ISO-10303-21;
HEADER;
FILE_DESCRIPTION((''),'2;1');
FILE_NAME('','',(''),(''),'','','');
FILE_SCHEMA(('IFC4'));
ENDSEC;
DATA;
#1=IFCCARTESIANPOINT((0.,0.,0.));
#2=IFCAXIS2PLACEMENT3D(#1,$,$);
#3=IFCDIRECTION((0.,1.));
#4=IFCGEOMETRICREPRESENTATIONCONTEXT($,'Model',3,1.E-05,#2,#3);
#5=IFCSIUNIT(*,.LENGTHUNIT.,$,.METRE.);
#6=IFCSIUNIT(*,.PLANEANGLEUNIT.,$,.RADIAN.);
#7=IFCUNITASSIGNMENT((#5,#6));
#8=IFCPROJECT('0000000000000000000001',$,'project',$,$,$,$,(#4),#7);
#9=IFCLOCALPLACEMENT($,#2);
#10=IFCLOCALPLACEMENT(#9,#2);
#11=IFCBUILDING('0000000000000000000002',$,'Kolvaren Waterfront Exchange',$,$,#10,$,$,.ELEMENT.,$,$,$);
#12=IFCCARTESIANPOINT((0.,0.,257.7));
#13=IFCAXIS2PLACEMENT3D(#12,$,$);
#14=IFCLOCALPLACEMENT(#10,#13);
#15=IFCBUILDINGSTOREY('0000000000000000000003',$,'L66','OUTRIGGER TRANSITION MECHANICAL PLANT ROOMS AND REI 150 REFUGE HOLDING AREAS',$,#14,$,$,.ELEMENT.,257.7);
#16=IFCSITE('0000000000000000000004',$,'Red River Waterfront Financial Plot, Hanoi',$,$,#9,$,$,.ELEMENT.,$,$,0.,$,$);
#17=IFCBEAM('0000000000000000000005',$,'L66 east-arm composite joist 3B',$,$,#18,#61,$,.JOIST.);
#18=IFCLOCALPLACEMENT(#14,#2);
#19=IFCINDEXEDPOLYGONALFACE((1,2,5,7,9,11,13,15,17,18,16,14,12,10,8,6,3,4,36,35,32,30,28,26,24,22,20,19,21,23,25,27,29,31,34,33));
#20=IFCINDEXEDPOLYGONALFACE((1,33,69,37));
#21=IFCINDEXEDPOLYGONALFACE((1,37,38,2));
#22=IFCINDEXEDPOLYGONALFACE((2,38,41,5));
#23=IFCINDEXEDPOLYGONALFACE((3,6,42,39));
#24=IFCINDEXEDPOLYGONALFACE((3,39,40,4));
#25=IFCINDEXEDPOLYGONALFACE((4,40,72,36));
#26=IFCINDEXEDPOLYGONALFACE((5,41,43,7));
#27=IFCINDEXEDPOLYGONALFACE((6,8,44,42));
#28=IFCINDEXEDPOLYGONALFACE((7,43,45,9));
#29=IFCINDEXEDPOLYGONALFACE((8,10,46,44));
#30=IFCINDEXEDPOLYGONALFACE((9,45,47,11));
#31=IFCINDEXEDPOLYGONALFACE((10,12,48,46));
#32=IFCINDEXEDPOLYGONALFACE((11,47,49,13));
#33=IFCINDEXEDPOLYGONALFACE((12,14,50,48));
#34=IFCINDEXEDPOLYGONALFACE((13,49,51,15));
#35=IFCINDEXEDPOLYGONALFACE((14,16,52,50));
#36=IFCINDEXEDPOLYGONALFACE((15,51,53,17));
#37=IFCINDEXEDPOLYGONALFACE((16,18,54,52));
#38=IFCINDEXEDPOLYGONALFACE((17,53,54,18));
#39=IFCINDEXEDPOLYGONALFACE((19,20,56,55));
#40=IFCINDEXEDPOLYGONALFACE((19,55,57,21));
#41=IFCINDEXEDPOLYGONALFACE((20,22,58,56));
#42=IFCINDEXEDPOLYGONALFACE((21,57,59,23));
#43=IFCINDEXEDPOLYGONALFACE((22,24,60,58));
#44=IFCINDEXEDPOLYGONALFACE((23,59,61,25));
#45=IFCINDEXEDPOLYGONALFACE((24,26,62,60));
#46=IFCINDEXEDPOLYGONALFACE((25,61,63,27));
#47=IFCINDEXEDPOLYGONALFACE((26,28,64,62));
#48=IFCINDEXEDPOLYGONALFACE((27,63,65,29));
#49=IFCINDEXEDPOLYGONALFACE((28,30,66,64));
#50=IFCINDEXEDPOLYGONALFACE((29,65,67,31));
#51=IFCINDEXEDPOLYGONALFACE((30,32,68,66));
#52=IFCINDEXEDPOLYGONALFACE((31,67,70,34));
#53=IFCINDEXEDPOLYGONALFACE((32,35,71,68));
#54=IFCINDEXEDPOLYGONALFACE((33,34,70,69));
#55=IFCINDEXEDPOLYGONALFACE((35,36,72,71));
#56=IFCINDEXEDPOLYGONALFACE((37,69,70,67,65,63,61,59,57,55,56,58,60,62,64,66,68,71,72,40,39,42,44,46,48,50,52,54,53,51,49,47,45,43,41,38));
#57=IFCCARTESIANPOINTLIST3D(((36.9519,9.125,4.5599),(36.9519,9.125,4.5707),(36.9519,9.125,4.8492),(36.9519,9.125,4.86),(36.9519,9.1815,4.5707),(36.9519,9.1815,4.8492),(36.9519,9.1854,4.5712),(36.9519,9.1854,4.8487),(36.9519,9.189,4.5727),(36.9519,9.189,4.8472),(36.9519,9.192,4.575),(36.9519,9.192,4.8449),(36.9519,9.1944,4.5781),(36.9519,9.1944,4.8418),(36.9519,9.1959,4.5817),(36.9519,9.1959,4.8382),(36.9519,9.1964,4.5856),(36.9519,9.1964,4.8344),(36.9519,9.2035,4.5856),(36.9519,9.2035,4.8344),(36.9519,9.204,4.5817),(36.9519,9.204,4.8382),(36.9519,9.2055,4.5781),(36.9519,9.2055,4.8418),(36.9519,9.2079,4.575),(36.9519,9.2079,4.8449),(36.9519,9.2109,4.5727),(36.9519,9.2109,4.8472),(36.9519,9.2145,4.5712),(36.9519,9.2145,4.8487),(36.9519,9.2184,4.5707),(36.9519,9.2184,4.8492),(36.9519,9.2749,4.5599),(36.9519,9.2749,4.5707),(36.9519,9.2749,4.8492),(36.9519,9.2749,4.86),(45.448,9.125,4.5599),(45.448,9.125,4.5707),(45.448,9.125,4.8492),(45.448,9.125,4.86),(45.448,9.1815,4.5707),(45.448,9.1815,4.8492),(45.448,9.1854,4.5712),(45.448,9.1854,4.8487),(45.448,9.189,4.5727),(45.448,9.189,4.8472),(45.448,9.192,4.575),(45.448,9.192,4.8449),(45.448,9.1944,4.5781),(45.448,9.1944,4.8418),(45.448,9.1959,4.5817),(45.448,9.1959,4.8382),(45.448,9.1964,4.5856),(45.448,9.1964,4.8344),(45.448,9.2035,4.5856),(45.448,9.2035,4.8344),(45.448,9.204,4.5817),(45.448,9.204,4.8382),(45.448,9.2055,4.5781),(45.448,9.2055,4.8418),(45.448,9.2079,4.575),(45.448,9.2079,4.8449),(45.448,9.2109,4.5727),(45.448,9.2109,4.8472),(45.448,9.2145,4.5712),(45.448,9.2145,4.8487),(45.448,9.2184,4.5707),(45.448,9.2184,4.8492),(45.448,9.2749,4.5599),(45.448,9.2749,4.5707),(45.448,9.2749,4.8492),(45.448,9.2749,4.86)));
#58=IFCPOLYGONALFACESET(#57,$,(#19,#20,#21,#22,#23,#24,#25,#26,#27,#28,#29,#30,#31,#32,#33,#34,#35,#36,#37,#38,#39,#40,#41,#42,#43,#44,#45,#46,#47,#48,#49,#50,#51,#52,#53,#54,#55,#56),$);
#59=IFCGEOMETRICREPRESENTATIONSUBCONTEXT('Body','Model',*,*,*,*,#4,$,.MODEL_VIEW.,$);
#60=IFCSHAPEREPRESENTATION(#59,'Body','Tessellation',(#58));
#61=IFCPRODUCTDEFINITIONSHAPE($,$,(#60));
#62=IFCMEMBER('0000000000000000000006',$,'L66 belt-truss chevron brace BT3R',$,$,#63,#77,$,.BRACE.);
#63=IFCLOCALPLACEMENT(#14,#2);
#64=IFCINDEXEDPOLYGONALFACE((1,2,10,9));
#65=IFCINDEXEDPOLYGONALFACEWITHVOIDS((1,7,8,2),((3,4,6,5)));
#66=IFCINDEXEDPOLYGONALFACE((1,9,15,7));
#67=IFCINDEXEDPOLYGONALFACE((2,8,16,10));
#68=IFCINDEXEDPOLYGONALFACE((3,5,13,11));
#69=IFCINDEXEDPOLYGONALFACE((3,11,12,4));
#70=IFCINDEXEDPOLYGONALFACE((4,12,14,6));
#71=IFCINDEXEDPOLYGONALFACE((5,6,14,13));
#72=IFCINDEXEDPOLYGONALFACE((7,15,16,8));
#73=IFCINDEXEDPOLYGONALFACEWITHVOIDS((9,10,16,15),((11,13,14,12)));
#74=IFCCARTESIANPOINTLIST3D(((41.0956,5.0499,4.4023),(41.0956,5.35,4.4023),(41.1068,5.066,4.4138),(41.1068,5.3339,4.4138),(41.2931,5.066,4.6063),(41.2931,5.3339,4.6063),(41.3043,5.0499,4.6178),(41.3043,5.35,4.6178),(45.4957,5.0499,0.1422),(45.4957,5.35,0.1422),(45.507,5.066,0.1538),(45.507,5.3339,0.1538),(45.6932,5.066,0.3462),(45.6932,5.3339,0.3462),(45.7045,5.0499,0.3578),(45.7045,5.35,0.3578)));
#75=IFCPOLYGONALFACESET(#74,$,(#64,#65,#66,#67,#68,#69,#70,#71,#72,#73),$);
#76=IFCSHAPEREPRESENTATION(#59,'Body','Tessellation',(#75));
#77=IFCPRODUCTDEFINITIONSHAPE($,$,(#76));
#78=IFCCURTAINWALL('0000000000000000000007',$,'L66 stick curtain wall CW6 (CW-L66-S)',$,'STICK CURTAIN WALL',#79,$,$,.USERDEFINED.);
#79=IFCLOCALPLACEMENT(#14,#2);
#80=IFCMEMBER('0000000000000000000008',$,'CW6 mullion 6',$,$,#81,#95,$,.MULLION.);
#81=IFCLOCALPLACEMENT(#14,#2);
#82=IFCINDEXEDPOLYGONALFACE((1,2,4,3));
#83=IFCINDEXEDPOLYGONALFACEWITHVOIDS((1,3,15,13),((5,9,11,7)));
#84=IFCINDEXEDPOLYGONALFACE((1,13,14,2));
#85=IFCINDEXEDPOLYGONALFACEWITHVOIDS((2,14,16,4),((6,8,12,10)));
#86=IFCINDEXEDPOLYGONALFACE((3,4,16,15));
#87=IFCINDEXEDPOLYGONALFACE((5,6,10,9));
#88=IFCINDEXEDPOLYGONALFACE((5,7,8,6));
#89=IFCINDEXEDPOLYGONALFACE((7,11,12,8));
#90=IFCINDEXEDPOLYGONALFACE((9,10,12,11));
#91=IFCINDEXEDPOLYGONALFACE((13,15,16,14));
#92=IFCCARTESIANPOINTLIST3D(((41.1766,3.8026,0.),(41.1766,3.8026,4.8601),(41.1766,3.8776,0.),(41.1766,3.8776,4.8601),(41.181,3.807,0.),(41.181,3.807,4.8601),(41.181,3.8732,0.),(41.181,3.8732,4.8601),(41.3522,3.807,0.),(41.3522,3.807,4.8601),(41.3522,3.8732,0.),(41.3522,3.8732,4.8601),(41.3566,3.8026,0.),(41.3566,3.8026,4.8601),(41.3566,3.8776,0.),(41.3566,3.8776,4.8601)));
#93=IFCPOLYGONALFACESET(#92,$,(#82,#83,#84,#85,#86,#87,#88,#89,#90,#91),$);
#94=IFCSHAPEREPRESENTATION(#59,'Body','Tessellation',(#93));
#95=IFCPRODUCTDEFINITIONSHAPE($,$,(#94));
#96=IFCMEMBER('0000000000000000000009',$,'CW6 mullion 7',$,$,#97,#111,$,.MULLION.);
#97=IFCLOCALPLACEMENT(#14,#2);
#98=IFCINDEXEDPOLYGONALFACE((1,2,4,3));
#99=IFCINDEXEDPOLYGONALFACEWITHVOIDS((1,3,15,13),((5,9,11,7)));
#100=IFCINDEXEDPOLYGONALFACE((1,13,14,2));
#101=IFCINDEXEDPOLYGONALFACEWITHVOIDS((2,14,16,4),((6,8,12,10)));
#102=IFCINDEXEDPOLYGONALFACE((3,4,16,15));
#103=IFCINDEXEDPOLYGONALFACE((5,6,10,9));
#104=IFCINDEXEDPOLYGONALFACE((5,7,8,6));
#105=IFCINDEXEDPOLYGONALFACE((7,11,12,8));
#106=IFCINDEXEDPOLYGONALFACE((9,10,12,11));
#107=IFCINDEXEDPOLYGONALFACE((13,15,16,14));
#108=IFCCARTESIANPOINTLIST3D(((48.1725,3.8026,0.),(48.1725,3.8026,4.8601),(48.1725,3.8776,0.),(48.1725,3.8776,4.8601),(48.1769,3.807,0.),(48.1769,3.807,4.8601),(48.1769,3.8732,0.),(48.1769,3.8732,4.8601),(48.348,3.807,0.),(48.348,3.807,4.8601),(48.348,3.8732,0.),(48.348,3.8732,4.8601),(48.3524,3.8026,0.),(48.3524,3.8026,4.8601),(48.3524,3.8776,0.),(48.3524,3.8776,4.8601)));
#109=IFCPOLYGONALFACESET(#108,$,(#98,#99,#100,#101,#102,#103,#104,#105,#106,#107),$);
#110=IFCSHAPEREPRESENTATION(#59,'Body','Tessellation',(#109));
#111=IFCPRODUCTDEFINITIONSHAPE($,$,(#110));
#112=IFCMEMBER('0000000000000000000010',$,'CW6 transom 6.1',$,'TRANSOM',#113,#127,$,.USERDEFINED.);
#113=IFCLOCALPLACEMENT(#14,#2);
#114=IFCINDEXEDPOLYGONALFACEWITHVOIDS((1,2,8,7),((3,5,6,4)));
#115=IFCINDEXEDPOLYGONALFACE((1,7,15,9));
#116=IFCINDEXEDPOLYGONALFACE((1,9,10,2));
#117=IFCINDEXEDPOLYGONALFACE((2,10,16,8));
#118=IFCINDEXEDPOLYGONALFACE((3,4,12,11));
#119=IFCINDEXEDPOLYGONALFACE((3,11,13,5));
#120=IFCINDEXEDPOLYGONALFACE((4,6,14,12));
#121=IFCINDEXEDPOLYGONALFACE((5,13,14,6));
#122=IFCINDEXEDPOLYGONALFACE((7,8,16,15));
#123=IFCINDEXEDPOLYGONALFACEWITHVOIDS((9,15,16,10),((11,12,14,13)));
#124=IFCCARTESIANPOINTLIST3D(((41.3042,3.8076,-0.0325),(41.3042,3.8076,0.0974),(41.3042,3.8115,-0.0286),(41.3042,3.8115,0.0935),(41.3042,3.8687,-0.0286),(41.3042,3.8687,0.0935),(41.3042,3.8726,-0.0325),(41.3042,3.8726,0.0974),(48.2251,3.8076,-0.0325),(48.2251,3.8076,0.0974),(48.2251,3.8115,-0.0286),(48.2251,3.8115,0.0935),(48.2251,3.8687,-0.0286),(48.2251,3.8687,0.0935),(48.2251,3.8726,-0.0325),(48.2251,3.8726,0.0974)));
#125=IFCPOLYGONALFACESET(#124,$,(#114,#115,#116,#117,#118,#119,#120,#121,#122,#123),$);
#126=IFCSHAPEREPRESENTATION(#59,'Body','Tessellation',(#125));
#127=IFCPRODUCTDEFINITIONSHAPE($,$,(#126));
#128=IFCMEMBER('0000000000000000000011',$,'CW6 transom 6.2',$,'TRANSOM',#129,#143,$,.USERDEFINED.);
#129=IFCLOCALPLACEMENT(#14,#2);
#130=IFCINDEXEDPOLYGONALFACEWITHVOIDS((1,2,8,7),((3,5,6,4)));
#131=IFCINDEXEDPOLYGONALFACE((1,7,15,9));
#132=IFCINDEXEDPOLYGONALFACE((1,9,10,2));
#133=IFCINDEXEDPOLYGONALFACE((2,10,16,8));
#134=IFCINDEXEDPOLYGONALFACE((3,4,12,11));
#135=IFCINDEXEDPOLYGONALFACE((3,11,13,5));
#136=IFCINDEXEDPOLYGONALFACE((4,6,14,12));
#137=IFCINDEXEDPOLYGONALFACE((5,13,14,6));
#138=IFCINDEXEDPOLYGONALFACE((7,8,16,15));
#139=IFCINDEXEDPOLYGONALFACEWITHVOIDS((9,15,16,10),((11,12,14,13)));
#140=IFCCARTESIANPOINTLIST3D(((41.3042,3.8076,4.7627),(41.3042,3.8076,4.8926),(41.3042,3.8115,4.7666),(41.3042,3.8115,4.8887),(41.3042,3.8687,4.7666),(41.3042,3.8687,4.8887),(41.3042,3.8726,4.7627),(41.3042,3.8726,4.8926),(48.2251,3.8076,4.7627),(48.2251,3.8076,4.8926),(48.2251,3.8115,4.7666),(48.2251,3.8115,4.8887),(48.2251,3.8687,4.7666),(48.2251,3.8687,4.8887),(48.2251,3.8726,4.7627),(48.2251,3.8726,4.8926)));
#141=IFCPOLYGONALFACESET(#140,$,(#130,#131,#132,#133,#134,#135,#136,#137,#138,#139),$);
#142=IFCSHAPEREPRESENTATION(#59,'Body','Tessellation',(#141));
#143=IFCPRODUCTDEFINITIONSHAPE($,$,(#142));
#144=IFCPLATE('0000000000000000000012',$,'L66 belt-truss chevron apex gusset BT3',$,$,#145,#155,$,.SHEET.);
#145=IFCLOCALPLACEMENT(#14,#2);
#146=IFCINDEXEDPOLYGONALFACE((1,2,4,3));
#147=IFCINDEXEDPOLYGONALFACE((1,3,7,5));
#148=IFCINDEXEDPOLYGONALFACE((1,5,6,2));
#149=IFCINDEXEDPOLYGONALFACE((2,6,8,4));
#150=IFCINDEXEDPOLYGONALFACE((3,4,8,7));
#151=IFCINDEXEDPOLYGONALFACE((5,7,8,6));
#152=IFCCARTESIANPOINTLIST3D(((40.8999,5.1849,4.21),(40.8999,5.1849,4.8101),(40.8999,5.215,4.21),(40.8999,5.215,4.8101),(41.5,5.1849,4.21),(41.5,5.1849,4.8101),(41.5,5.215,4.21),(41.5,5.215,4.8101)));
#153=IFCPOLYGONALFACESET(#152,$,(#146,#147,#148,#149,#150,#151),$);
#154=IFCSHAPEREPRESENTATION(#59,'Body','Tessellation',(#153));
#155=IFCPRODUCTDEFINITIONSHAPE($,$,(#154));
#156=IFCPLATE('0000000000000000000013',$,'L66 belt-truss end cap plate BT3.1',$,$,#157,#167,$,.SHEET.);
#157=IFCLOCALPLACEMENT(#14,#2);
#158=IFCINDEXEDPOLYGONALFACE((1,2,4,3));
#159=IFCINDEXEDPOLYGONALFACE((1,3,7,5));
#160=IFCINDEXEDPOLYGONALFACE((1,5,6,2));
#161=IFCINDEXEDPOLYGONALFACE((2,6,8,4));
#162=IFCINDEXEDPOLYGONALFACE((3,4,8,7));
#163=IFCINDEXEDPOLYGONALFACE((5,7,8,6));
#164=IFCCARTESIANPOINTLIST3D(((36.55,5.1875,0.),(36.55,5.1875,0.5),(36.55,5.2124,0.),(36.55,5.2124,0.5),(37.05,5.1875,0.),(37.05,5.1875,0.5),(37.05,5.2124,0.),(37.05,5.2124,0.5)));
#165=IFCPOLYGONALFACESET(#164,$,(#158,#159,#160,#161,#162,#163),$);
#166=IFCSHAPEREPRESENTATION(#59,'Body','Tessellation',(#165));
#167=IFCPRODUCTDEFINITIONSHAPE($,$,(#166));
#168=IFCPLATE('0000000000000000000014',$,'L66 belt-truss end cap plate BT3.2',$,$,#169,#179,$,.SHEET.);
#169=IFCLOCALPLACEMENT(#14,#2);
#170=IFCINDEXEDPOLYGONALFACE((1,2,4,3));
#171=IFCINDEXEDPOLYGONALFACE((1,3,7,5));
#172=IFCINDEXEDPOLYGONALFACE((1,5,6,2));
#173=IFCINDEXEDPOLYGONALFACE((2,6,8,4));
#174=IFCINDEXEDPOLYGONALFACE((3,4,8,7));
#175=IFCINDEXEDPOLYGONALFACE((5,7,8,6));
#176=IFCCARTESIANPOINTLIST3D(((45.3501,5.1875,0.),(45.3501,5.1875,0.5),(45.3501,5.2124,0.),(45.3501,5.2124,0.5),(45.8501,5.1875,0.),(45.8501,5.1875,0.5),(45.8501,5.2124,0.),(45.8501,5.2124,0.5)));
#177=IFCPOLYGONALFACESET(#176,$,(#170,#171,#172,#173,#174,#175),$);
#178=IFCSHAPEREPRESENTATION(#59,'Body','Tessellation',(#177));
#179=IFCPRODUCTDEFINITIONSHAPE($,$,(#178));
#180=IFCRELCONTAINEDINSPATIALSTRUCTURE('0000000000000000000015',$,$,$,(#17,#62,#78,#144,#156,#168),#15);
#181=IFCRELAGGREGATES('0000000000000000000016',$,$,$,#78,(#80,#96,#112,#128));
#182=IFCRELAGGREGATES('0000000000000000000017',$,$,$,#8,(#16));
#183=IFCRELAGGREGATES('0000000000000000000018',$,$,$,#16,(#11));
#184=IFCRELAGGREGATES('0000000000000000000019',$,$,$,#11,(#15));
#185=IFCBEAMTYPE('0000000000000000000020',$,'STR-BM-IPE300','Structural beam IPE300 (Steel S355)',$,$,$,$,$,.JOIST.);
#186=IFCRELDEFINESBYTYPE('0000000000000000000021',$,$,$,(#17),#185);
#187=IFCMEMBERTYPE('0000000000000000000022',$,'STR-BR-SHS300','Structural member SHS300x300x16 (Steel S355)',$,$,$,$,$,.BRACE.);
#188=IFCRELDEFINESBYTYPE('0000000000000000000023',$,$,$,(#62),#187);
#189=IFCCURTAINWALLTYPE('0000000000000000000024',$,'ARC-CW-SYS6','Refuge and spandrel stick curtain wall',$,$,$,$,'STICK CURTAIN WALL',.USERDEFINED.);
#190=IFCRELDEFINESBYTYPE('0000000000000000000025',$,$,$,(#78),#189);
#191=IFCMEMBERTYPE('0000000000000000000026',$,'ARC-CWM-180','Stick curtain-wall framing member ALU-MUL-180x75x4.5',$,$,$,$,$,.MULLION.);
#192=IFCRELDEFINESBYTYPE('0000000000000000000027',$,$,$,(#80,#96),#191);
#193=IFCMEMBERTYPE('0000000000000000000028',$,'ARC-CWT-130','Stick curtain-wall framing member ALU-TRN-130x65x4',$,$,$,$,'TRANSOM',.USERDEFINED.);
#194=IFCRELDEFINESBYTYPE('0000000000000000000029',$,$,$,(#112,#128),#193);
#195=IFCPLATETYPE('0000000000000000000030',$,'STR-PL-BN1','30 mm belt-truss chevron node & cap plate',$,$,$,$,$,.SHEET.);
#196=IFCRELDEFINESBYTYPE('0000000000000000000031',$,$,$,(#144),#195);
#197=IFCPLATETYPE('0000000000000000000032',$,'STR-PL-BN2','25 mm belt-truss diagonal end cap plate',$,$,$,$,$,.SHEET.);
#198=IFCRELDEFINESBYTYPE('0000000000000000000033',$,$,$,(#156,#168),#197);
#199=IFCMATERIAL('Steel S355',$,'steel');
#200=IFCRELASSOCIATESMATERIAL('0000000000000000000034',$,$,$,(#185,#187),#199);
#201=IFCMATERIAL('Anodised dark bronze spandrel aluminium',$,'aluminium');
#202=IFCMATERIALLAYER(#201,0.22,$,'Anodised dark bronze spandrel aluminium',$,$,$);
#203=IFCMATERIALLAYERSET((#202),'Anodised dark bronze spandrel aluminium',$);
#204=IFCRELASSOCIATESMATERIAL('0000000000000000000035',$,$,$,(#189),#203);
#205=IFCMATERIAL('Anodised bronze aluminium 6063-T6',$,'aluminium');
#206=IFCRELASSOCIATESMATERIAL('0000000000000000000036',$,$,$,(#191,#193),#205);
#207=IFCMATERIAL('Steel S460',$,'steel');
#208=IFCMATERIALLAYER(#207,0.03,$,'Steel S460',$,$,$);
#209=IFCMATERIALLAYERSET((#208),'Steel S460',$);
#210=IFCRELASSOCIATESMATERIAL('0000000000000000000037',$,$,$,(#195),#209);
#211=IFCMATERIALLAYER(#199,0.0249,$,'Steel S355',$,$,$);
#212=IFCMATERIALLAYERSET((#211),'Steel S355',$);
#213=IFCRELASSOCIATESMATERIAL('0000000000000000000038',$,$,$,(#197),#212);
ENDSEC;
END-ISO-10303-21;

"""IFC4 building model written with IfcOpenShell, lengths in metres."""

from ifc_helpers import new_model, si_unit, direction, frame, origin, origin_with_axes, origin_2d, place, context, subcontext, project, spatial, rectangle, hollow_rectangle, i_section, extrude, source, transform, mapped, material, layer, layer_set, material_profile, profile_set, type_object, element, aggregate, save


model = new_model("IFC4")

# Units and contexts
model_context = context("Model", 3, precision=1e-05, world=origin(), true_north=direction((0.0, 1.0)))
body_context = subcontext(model_context, "Body", "Model", "MODEL_VIEW")
ifc_project = project(units=[si_unit("LENGTHUNIT", "METRE"), si_unit("PLANEANGLEUNIT", "RADIAN")], contexts=[model_context])

# Site, building, storey
site_placement = place(None, origin())
site = spatial("IfcSite", under=ifc_project, at=site_placement, Name="Red River Waterfront Financial Plot, Hanoi", CompositionType="ELEMENT", RefElevation=0.0)
building_placement = place(site_placement, origin())
building = spatial("IfcBuilding", under=site, at=building_placement, Name="Kolvaren Waterfront Exchange", CompositionType="ELEMENT")
storey_placement = place(building_placement, frame((0.0, 0.0, 257.7)))
storey = spatial("IfcBuildingStorey", under=building, at=storey_placement, Name="L66", Description="OUTRIGGER TRANSITION MECHANICAL PLANT ROOMS AND REI 150 REFUGE HOLDING AREAS", CompositionType="ELEMENT", Elevation=257.7)

# Beam
ifc_material_1 = material(Name="Steel S355", Category="steel")
ifc_material_profile_1 = material_profile(ifc_material_1, i_section(OverallWidth=0.1499, OverallDepth=0.3, WebThickness=0.0071, FlangeThickness=0.0107, FilletRadius=0.0149, at=origin_2d()), Name="IPE300")
ifc_profile_set_1 = profile_set([ifc_material_profile_1], Name="Steel S355")
beam_type_1 = type_object("IfcBeamType", Name="STR-BM-IPE300", Description="Structural beam IPE300 (Steel S355)", PredefinedType="JOIST", material=ifc_profile_set_1)
for number, where, z_axis, x_axis, name in (
    (1, (36.9519, 9.2, 4.71), (1.0, 0.0, 0.0), (0.0, 1.0, 0.0), "L66 east-arm composite joist 3B"),
):
    element("IfcBeam", number, at=place(storey_placement, frame(where, z_axis=z_axis, x_axis=x_axis)), inside=storey, type_object=beam_type_1, Name=name, PredefinedType="JOIST", context=body_context, shape_type="SweptSolid", body=[
        extrude(i_section(OverallWidth=0.1499, OverallDepth=0.3, WebThickness=0.0071, FlangeThickness=0.0107, FilletRadius=0.0149, at=origin_2d()), origin(), (0.0, 0.0, 1.0), 8.4961),
    ])

# Member
ifc_material_profile_2 = material_profile(ifc_material_1, hollow_rectangle(XDim=0.3, YDim=0.3, WallThickness=0.0161, at=origin_2d()), Name="SHS300x300x16")
ifc_profile_set_2 = profile_set([ifc_material_profile_2], Name="Steel S355")
member_type_1 = type_object("IfcMemberType", Name="STR-BR-SHS300", Description="Structural member SHS300x300x16 (Steel S355)", PredefinedType="BRACE", material=ifc_profile_set_2)
member_1_placement = place(storey_placement, frame((45.6001, 5.2, 0.25), z_axis=(-0.718455, 0.0, 0.695573), x_axis=(0.0, -1.0, 0.0)))
element("IfcMember", 2, at=member_1_placement, inside=storey, type_object=member_type_1, Name="L66 belt-truss chevron brace BT3R", PredefinedType="BRACE", context=body_context, shape_type="SweptSolid", body=[
    extrude(hollow_rectangle(XDim=0.3, YDim=0.3, WallThickness=0.0161, at=origin_2d()), origin(), (0.0, 0.0, 1.0), 6.1245),
])

# Curtain wall, members
ifc_material_2 = material(Name="Anodised dark bronze spandrel aluminium", Category="aluminium")
ifc_layer_1 = layer(ifc_material_2, 0.22, Name="Anodised dark bronze spandrel aluminium")
ifc_layer_set_1 = layer_set([ifc_layer_1], Name="Anodised dark bronze spandrel aluminium")
curtain_wall_type = type_object("IfcCurtainWallType", Name="ARC-CW-SYS6", Description="Refuge and spandrel stick curtain wall", ElementType="STICK CURTAIN WALL", PredefinedType="USERDEFINED", material=ifc_layer_set_1)
curtain_wall_placement = place(storey_placement, origin())
curtain_wall = element("IfcCurtainWall", 3, at=curtain_wall_placement, inside=storey, type_object=curtain_wall_type, Name="L66 stick curtain wall CW6 (CW-L66-S)", ObjectType="STICK CURTAIN WALL", PredefinedType="USERDEFINED")
ifc_material_3 = material(Name="Anodised bronze aluminium 6063-T6", Category="aluminium")
ifc_material_profile_3 = material_profile(ifc_material_3, hollow_rectangle(XDim=0.075, YDim=0.1799, WallThickness=0.0044, at=origin_2d()), Name="ALU-MUL-180x75x4.5")
ifc_profile_set_3 = profile_set([ifc_material_profile_3], Name="Anodised bronze aluminium 6063-T6")
member_type_2 = type_object("IfcMemberType", Name="ARC-CWM-180", Description="Stick curtain-wall framing member ALU-MUL-180x75x4.5", PredefinedType="MULLION", material=ifc_profile_set_3)
shared_shape_1 = source(origin_with_axes(), body_context, "Body", "SweptSolid", [
    extrude(hollow_rectangle(XDim=0.075, YDim=0.1799, WallThickness=0.0044, at=origin_2d()), origin(), (0.0, 0.0, 1.0), 4.8601),
])
member_2_placement = place(storey_placement, frame((41.2666, 3.8401, 0.0), z_axis=(0.0, 0.0, 1.0), x_axis=(0.0, 1.0, 0.0)))
member_2 = element("IfcMember", 4, at=member_2_placement, type_object=member_type_2, Name="CW6 mullion 6", PredefinedType="MULLION", context=body_context, shape_type="MappedRepresentation", body=[
    mapped(shared_shape_1, transform((0.0, 0.0, 0.0), x_axis=(1.0, 0.0, 0.0), y_axis=(0.0, 1.0, 0.0), z_axis=(0.0, 0.0, 1.0), scale=1.0)),
])
member_3_placement = place(storey_placement, frame((48.2625, 3.8401, 0.0), z_axis=(0.0, 0.0, 1.0), x_axis=(0.0, 1.0, 0.0)))
member_3 = element("IfcMember", 5, at=member_3_placement, type_object=member_type_2, Name="CW6 mullion 7", PredefinedType="MULLION", context=body_context, shape_type="MappedRepresentation", body=[
    mapped(shared_shape_1, transform((0.0, 0.0, 0.0), x_axis=(1.0, 0.0, 0.0), y_axis=(0.0, 1.0, 0.0), z_axis=(0.0, 0.0, 1.0), scale=1.0)),
])
ifc_material_profile_4 = material_profile(ifc_material_3, hollow_rectangle(XDim=0.0649, YDim=0.1299, WallThickness=0.0039, at=origin_2d()), Name="ALU-TRN-130x65x4")
ifc_profile_set_4 = profile_set([ifc_material_profile_4], Name="Anodised bronze aluminium 6063-T6")
member_type_3 = type_object("IfcMemberType", Name="ARC-CWT-130", Description="Stick curtain-wall framing member ALU-TRN-130x65x4", ElementType="TRANSOM", PredefinedType="USERDEFINED", material=ifc_profile_set_4)
shared_shape_2 = source(origin_with_axes(), body_context, "Body", "SweptSolid", [
    extrude(hollow_rectangle(XDim=0.0649, YDim=0.1299, WallThickness=0.0039, at=origin_2d()), origin(), (0.0, 0.0, 1.0), 6.9209),
])
member_4_placement = place(storey_placement, frame((41.3042, 3.8401, 0.0325), z_axis=(1.0, 0.0, 0.0), x_axis=(0.0, 1.0, 0.0)))
member_4 = element("IfcMember", 6, at=member_4_placement, type_object=member_type_3, Name="CW6 transom 6.1", ObjectType="TRANSOM", PredefinedType="USERDEFINED", context=body_context, shape_type="MappedRepresentation", body=[
    mapped(shared_shape_2, transform((0.0, 0.0, 0.0), x_axis=(1.0, 0.0, 0.0), y_axis=(0.0, 1.0, 0.0), z_axis=(0.0, 0.0, 1.0), scale=1.0)),
])
member_5_placement = place(storey_placement, frame((41.3042, 3.8401, 4.8276), z_axis=(1.0, 0.0, 0.0), x_axis=(0.0, 1.0, 0.0)))
member_5 = element("IfcMember", 7, at=member_5_placement, type_object=member_type_3, Name="CW6 transom 6.2", ObjectType="TRANSOM", PredefinedType="USERDEFINED", context=body_context, shape_type="MappedRepresentation", body=[
    mapped(shared_shape_2, transform((0.0, 0.0, 0.0), x_axis=(1.0, 0.0, 0.0), y_axis=(0.0, 1.0, 0.0), z_axis=(0.0, 0.0, 1.0), scale=1.0)),
])

# Plates
ifc_material_4 = material(Name="Steel S460", Category="steel")
ifc_layer_2 = layer(ifc_material_4, 0.03, Name="Steel S460")
ifc_layer_set_2 = layer_set([ifc_layer_2], Name="Steel S460")
plate_type_1 = type_object("IfcPlateType", Name="STR-PL-BN1", Description="30 mm belt-truss chevron node & cap plate", PredefinedType="SHEET", material=ifc_layer_set_2)
shared_shape_3 = source(origin_with_axes(), body_context, "Body", "SweptSolid", [
    extrude(rectangle(XDim=0.6001, YDim=0.03, at=origin_2d()), origin(), (0.0, 0.0, 1.0), 0.6001),
])
plate_1_placement = place(storey_placement, frame((41.2, 5.2, 4.21), z_axis=(0.0, 0.0, 1.0), x_axis=(1.0, 0.0, 0.0)))
element("IfcPlate", 8, at=plate_1_placement, inside=storey, type_object=plate_type_1, Name="L66 belt-truss chevron apex gusset BT3", PredefinedType="SHEET", context=body_context, shape_type="MappedRepresentation", body=[
    mapped(shared_shape_3, transform((0.0, 0.0, 0.0), x_axis=(1.0, 0.0, 0.0), y_axis=(0.0, 1.0, 0.0), z_axis=(0.0, 0.0, 1.0), scale=1.0)),
])
ifc_layer_3 = layer(ifc_material_1, 0.0249, Name="Steel S355")
ifc_layer_set_3 = layer_set([ifc_layer_3], Name="Steel S355")
plate_type_2 = type_object("IfcPlateType", Name="STR-PL-BN2", Description="25 mm belt-truss diagonal end cap plate", PredefinedType="SHEET", material=ifc_layer_set_3)
shared_shape_4 = source(origin_with_axes(), body_context, "Body", "SweptSolid", [
    extrude(rectangle(XDim=0.5, YDim=0.0249, at=origin_2d()), origin(), (0.0, 0.0, 1.0), 0.5),
])
for number, where, z_axis, x_axis, name in (
    (9, (36.8, 5.2, 0.0), (0.0, 0.0, 1.0), (1.0, 0.0, 0.0), "L66 belt-truss end cap plate BT3.1"),
    (10, (45.6001, 5.2, 0.0), (0.0, 0.0, 1.0), (1.0, 0.0, 0.0), "L66 belt-truss end cap plate BT3.2"),
):
    element("IfcPlate", number, at=place(storey_placement, frame(where, z_axis=z_axis, x_axis=x_axis)), inside=storey, type_object=plate_type_2, Name=name, PredefinedType="SHEET", context=body_context, shape_type="MappedRepresentation", body=[
        mapped(shared_shape_4, transform((0.0, 0.0, 0.0), x_axis=(1.0, 0.0, 0.0), y_axis=(0.0, 1.0, 0.0), z_axis=(0.0, 0.0, 1.0), scale=1.0)),
    ])

aggregate(curtain_wall, [member_2, member_3, member_4, member_5])

save(model, "model.ifc")
